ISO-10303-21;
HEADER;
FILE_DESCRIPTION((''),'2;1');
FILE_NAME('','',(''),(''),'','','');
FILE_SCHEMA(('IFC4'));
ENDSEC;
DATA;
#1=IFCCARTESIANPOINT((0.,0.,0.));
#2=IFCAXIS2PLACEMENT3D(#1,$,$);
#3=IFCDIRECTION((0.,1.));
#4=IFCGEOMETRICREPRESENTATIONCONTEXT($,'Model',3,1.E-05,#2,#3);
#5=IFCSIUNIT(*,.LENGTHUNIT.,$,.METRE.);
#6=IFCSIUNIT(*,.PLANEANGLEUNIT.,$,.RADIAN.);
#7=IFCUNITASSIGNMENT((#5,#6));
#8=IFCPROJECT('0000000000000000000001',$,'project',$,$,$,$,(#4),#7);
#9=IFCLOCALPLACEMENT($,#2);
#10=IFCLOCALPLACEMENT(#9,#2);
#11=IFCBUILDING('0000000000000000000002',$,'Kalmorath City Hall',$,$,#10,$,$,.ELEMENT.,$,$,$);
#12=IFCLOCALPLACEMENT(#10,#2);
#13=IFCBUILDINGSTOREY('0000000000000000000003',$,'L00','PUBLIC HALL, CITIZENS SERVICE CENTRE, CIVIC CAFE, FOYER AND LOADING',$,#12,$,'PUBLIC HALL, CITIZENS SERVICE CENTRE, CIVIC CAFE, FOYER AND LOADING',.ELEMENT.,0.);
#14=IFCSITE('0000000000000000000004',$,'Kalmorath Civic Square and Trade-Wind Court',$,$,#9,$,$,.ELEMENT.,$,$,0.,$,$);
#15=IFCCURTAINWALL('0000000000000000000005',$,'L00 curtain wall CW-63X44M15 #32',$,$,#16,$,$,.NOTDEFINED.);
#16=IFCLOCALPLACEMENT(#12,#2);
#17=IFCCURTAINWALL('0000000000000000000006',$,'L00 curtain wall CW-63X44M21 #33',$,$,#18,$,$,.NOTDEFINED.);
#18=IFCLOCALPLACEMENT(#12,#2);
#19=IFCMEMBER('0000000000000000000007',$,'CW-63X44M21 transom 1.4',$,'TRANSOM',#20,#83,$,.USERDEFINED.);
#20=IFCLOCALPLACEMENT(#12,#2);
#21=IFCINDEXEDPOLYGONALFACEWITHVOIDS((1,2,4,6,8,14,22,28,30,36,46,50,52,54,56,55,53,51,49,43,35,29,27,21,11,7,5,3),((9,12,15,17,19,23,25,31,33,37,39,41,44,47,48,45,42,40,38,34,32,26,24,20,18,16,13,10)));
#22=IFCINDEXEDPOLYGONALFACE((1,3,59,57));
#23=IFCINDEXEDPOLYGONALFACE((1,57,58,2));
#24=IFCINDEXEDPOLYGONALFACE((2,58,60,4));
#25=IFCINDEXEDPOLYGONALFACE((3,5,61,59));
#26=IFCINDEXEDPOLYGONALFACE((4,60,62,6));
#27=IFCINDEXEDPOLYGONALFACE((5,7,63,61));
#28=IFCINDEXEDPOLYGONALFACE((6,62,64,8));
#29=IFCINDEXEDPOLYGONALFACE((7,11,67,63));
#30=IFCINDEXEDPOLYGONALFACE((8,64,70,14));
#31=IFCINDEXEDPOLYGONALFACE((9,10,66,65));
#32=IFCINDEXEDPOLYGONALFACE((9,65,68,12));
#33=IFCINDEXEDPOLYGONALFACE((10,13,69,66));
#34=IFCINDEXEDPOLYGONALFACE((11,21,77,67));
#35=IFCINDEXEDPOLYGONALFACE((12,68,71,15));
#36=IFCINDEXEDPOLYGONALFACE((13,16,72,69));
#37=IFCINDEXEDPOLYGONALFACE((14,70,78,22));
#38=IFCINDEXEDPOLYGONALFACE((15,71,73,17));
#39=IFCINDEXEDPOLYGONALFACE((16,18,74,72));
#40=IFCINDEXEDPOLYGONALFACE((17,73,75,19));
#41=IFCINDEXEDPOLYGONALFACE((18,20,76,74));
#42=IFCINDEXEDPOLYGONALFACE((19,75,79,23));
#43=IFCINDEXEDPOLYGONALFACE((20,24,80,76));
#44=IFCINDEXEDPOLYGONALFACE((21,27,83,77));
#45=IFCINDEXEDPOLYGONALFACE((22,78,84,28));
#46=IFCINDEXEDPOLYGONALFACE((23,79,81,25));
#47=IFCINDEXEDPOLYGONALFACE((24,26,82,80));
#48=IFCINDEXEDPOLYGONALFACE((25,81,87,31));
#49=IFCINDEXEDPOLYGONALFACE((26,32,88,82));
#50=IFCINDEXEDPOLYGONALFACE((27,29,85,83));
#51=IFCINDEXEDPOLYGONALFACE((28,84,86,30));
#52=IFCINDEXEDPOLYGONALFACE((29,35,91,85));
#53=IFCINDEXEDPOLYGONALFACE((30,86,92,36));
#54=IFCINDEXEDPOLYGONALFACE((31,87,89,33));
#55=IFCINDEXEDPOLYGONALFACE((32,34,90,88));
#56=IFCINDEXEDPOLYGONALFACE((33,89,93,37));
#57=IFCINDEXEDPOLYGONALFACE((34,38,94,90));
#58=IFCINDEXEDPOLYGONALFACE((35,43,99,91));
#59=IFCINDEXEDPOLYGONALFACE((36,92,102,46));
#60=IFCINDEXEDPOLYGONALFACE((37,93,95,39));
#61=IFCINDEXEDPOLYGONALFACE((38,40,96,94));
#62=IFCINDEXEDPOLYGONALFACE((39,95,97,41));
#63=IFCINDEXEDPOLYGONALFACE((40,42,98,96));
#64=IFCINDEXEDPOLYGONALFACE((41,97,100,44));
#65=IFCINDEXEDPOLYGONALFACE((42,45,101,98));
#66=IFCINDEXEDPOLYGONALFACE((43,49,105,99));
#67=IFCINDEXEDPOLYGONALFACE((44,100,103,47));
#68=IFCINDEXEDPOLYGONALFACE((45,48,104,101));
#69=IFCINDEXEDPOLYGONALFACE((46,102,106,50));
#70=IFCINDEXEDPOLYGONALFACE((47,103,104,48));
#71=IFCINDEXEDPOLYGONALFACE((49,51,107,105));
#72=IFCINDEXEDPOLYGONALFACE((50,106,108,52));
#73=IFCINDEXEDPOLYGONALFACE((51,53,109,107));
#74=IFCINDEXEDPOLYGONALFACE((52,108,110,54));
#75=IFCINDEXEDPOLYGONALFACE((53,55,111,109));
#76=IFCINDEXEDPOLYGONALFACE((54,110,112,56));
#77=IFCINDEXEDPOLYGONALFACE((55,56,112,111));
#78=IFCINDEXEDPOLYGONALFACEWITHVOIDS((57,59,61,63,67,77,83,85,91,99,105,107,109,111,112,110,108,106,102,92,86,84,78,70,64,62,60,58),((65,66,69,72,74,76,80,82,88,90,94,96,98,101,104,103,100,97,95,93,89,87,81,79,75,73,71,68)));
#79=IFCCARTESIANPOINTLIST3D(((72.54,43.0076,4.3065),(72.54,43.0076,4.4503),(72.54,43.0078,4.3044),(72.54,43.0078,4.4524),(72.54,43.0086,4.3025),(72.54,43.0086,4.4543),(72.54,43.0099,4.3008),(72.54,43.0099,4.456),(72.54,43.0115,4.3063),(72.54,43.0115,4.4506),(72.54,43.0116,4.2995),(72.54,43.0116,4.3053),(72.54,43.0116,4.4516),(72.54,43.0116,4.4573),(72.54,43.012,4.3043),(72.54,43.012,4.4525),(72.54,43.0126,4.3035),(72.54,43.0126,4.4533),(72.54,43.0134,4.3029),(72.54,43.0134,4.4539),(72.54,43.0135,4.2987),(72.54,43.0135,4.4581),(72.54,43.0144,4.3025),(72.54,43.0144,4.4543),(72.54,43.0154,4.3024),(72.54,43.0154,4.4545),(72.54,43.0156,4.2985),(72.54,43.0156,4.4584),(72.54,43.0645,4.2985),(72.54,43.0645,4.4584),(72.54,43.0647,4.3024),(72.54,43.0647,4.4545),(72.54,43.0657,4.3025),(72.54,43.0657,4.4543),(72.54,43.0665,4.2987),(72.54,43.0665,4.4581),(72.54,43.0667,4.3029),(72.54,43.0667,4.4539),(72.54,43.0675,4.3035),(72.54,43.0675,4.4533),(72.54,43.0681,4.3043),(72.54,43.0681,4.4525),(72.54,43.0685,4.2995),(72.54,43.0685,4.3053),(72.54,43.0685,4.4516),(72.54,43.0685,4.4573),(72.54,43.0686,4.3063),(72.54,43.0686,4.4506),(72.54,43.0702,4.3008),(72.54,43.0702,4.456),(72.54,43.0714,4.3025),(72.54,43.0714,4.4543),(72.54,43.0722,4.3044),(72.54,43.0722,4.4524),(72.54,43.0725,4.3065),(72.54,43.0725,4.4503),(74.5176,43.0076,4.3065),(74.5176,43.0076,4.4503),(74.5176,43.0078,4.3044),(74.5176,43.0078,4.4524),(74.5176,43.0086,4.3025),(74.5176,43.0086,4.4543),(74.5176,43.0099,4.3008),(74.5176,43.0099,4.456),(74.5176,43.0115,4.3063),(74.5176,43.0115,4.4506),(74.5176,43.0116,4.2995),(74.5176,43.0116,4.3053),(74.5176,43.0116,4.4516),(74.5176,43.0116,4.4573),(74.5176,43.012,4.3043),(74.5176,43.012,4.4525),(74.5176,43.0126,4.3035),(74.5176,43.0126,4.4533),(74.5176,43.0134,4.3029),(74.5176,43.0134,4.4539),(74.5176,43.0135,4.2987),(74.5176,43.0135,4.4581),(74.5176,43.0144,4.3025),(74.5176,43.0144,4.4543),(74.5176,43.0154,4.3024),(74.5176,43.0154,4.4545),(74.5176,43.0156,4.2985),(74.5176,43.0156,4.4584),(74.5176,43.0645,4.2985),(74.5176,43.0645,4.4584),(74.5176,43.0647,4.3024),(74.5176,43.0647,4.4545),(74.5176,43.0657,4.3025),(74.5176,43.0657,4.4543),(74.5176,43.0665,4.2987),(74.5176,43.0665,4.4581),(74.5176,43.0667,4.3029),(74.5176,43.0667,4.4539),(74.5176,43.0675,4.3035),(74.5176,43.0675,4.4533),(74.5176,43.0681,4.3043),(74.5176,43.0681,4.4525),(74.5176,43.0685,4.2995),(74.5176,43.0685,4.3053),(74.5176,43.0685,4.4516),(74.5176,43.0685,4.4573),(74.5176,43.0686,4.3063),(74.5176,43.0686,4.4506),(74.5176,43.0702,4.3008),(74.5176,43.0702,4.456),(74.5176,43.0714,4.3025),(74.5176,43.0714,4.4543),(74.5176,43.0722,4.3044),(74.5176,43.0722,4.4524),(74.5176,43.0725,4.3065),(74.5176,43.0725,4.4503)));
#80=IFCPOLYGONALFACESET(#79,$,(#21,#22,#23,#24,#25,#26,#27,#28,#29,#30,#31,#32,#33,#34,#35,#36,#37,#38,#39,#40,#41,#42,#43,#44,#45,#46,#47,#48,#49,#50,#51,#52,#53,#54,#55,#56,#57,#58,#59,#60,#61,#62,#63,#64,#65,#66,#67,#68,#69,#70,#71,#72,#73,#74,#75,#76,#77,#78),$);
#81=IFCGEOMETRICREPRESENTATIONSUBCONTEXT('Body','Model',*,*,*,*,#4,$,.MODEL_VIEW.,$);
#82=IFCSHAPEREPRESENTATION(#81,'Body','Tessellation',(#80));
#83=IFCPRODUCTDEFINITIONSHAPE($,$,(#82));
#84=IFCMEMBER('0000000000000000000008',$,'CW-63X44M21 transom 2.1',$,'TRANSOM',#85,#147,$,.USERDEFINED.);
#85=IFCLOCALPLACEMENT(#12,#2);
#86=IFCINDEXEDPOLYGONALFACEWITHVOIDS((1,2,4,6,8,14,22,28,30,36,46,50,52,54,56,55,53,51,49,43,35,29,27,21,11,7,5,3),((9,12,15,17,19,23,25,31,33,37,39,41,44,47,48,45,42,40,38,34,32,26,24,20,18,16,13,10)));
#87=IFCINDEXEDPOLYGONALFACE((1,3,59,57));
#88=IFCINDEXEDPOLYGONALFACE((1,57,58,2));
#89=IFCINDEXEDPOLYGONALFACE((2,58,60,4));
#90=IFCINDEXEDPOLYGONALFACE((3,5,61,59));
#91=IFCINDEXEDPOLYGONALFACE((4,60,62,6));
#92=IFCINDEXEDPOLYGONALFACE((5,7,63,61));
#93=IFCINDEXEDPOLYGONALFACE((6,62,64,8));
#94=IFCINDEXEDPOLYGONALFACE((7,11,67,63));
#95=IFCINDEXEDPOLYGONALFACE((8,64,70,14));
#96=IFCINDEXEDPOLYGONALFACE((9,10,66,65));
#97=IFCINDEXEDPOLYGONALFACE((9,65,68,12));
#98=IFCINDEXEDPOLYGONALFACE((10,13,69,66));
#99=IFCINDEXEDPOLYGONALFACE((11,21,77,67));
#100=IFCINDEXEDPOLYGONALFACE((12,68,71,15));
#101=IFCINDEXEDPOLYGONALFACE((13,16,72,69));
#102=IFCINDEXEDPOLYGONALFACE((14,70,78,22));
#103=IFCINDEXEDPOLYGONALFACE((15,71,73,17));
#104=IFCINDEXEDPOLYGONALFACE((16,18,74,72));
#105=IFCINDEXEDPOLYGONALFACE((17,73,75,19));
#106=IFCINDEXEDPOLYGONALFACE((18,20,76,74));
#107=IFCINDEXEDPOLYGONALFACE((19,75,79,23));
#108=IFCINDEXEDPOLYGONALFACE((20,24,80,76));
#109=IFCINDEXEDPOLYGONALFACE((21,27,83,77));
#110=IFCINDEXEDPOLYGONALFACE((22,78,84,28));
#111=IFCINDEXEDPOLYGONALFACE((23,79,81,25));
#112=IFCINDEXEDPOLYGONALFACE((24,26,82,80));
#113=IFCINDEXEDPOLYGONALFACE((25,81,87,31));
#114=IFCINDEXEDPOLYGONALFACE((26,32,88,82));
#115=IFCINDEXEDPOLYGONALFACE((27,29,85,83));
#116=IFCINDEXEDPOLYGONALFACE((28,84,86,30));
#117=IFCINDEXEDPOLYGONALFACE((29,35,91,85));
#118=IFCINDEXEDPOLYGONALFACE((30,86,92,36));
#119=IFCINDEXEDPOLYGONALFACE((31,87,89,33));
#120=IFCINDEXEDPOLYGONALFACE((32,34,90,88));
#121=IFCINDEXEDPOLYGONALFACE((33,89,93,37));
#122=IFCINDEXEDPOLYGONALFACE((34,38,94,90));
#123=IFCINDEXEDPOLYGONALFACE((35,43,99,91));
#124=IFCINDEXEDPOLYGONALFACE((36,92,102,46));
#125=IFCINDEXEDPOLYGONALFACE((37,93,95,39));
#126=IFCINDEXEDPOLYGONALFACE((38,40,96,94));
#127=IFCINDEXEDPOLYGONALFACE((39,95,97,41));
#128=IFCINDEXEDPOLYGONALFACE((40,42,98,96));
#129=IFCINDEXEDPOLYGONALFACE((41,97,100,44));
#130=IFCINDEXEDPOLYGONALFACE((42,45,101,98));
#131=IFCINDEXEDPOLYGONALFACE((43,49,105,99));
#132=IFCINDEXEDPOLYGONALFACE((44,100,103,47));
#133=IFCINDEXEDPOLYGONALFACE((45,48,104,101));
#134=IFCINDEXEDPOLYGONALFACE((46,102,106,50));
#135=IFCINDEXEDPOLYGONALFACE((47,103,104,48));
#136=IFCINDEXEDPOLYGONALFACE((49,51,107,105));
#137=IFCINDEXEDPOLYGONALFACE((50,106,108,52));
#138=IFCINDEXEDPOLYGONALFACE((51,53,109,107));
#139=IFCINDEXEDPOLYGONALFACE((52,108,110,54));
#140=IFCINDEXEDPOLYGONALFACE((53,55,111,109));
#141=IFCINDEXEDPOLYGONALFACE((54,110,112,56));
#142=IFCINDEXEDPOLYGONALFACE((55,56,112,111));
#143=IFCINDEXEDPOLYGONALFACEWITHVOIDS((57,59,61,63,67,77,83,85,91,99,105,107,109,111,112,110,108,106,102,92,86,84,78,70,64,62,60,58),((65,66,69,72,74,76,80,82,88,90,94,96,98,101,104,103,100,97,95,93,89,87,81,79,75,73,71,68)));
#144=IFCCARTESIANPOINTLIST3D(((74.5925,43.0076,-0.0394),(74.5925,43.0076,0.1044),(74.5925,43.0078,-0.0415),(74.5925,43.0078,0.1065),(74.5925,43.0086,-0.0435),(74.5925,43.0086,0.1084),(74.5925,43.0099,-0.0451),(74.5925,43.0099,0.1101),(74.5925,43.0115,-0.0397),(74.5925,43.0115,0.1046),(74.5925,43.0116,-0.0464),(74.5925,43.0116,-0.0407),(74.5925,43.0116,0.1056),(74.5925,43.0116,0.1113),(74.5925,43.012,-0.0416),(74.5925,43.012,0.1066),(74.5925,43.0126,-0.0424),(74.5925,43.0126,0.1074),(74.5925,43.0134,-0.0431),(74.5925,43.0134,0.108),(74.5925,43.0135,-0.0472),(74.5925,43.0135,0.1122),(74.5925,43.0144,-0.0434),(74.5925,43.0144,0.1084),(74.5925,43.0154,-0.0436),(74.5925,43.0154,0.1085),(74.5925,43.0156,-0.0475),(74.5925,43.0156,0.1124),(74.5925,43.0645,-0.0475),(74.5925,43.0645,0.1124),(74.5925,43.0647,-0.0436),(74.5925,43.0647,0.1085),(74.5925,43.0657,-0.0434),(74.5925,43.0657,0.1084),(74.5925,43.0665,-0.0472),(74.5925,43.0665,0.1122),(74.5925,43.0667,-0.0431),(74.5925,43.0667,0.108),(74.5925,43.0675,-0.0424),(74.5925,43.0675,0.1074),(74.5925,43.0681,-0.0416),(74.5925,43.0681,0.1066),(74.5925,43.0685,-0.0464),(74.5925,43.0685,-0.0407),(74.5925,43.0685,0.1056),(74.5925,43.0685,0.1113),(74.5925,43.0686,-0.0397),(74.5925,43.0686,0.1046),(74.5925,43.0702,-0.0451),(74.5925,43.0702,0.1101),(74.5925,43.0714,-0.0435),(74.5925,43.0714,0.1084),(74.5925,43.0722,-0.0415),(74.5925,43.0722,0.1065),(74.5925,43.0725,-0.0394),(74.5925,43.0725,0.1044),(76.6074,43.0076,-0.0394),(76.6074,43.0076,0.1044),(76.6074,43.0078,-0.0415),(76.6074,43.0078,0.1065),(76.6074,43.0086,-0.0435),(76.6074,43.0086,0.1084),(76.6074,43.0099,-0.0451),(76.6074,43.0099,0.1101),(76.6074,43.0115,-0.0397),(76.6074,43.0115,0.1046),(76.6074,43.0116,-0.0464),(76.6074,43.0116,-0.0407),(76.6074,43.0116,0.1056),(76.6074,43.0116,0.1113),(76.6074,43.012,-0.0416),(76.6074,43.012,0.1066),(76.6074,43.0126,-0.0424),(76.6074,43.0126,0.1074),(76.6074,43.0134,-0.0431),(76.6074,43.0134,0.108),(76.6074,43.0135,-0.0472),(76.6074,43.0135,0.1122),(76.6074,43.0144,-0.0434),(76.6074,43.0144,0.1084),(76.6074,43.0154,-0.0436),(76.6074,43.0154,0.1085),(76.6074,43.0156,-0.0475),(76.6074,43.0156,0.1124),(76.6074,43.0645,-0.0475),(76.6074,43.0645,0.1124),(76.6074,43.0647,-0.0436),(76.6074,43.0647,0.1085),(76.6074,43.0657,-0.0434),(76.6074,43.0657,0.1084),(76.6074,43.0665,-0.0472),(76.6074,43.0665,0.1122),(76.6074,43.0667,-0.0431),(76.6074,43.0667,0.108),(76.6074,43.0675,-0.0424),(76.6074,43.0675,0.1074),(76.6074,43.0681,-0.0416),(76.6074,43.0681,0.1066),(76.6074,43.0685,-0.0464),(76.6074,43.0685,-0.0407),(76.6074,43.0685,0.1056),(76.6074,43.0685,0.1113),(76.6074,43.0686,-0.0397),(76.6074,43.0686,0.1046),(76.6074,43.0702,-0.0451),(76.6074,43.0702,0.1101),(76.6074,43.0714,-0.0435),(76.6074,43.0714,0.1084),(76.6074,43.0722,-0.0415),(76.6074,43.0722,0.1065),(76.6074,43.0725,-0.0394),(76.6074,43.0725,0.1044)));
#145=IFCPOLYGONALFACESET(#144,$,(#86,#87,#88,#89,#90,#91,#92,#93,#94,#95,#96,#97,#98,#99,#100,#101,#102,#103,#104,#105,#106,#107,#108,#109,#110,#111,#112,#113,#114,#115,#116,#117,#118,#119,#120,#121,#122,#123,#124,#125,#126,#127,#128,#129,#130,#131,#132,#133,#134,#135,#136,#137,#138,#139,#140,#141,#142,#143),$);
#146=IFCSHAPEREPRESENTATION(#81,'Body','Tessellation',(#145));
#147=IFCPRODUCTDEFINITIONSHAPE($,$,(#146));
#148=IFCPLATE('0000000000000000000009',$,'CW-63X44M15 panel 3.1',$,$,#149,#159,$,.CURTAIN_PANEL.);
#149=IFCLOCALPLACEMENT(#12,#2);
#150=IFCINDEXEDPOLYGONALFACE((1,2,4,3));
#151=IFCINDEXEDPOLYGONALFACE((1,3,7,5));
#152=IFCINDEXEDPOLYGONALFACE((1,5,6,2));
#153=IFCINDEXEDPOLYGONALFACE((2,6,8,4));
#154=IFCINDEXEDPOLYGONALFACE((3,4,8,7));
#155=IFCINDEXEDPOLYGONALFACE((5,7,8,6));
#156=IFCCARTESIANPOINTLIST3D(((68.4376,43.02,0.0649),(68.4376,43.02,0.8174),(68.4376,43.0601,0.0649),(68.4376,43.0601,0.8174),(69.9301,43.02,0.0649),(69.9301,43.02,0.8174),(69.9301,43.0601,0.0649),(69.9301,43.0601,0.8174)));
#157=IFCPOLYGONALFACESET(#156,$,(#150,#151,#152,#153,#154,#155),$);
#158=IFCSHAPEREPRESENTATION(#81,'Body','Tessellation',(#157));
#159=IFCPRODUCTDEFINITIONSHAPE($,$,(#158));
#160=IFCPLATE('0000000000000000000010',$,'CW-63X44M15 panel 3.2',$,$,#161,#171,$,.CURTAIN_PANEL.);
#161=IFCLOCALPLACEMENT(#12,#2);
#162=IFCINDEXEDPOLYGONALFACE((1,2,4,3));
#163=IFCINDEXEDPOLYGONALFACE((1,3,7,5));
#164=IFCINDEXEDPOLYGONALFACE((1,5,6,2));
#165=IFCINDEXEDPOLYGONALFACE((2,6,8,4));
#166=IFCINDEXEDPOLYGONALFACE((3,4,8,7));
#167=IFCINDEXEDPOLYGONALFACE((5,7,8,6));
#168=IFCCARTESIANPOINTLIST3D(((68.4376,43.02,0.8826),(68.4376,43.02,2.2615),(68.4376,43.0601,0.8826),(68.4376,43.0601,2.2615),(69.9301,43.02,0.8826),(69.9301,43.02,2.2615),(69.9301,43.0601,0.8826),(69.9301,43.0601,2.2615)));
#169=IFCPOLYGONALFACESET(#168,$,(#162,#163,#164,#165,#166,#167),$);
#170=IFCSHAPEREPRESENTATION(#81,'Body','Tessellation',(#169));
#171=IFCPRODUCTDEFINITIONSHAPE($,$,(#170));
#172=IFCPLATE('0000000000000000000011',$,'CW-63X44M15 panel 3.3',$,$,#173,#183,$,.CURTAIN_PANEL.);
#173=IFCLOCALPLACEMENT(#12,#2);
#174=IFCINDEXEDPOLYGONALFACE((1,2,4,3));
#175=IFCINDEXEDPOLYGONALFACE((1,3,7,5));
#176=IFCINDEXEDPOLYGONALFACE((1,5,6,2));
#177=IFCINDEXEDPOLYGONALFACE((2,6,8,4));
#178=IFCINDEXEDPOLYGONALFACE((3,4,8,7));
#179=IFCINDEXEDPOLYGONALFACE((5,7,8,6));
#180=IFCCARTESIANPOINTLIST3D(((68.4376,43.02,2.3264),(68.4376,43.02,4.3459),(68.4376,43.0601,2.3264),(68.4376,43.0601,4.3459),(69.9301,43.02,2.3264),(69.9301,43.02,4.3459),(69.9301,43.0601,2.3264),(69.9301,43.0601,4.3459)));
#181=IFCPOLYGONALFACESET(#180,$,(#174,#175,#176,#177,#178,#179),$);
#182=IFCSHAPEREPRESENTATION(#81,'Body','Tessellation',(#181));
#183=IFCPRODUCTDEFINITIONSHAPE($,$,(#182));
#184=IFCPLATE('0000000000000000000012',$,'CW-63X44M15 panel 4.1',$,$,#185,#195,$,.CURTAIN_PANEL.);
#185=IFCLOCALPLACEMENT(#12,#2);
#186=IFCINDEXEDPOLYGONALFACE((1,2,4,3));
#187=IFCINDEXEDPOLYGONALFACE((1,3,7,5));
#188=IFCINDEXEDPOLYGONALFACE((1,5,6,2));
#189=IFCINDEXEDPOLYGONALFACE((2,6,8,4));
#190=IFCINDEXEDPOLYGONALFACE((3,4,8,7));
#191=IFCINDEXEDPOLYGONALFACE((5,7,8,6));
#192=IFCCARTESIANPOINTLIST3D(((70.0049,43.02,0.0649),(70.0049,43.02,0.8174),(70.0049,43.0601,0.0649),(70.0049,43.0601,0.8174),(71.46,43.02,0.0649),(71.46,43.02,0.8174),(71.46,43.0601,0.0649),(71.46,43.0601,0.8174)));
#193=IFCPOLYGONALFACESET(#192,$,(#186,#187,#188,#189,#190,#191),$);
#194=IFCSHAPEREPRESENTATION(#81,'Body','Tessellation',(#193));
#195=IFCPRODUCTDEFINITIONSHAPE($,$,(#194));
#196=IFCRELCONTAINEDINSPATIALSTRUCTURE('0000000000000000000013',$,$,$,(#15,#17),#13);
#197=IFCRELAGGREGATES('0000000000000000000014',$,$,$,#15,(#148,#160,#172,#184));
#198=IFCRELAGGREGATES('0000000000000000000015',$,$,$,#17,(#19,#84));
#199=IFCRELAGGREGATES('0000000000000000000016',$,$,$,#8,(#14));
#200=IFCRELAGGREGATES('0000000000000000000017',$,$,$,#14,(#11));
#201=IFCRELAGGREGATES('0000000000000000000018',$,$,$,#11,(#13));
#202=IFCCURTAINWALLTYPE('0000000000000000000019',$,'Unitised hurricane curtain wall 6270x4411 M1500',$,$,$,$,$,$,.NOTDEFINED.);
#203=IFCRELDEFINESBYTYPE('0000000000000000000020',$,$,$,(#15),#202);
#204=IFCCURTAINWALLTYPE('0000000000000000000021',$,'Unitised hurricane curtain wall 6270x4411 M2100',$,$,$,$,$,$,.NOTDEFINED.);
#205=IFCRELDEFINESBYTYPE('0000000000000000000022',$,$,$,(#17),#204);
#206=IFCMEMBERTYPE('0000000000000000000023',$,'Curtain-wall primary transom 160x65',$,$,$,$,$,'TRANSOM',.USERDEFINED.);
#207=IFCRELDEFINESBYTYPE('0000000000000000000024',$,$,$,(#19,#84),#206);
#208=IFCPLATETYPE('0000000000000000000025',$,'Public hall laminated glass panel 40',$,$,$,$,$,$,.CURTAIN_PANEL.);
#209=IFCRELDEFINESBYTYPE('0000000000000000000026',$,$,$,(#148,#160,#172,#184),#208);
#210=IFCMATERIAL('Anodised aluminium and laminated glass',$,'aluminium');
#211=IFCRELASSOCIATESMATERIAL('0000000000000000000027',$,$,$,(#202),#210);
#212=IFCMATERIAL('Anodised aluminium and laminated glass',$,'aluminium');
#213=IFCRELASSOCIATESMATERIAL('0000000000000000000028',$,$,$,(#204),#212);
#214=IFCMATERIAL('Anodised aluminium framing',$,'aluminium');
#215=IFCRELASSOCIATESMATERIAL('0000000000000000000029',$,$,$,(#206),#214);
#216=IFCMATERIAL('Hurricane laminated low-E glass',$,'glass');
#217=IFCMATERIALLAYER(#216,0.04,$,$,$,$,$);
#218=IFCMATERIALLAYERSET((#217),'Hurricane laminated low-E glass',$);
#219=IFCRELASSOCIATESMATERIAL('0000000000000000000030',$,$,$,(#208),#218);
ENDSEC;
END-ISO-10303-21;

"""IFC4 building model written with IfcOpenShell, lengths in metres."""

from ifc_helpers import new_model, si_unit, direction, frame, origin, origin_2d, place, context, subcontext, project, spatial, rectangle, hollow_rectangle, extrude, material, layer, layer_set, material_profile, profile_set, type_object, element, aggregate, save


model = new_model("IFC4")

# Units and contexts
model_context = context("Model", 3, precision=1e-05, world=origin(), true_north=direction((0.0, 1.0)))
body_context = subcontext(model_context, "Body", "Model", "MODEL_VIEW")
ifc_project = project(units=[si_unit("LENGTHUNIT", "METRE"), si_unit("PLANEANGLEUNIT", "RADIAN")], contexts=[model_context])

# Site, building, storey
site_placement = place(None, origin())
site = spatial("IfcSite", under=ifc_project, at=site_placement, Name="Kalmorath Civic Square and Trade-Wind Court", CompositionType="ELEMENT", RefElevation=0.0)
building_placement = place(site_placement, origin())
building = spatial("IfcBuilding", under=site, at=building_placement, Name="Kalmorath City Hall", CompositionType="ELEMENT")
storey_placement = place(building_placement, origin())
storey = spatial("IfcBuildingStorey", under=building, at=storey_placement, Name="L00", Description="PUBLIC HALL, CITIZENS SERVICE CENTRE, CIVIC CAFE, FOYER AND LOADING", LongName="PUBLIC HALL, CITIZENS SERVICE CENTRE, CIVIC CAFE, FOYER AND LOADING", CompositionType="ELEMENT", Elevation=0.0)

# Curtain walls
ifc_material_1 = material(Name="Anodised aluminium and laminated glass", Category="aluminium")
curtain_wall_type_1 = type_object("IfcCurtainWallType", Name="Unitised hurricane curtain wall 6270x4411 M1500", PredefinedType="NOTDEFINED", material=ifc_material_1)
curtain_wall_1_placement = place(storey_placement, origin())
curtain_wall_1 = element("IfcCurtainWall", 1, at=curtain_wall_1_placement, inside=storey, type_object=curtain_wall_type_1, Name="L00 curtain wall CW-63X44M15 #32", PredefinedType="NOTDEFINED")
ifc_material_2 = material(Name="Anodised aluminium and laminated glass", Category="aluminium")
curtain_wall_type_2 = type_object("IfcCurtainWallType", Name="Unitised hurricane curtain wall 6270x4411 M2100", PredefinedType="NOTDEFINED", material=ifc_material_2)
curtain_wall_2_placement = place(storey_placement, origin())
curtain_wall_2 = element("IfcCurtainWall", 2, at=curtain_wall_2_placement, inside=storey, type_object=curtain_wall_type_2, Name="L00 curtain wall CW-63X44M21 #33", PredefinedType="NOTDEFINED")

# Members
ifc_material_3 = material(Name="Anodised aluminium framing", Category="aluminium")
ifc_material_profile_1 = material_profile(ifc_material_3, hollow_rectangle(XDim=0.0649, YDim=0.1599, WallThickness=0.0039, InnerFilletRadius=0.0039, OuterFilletRadius=0.0081, at=origin_2d()), Name="ALU-TRN-160X65X4")
ifc_profile_set_1 = profile_set([ifc_material_profile_1], Name="Anodised aluminium framing")
member_type_1 = type_object("IfcMemberType", Name="Curtain-wall primary transom 160x65", ElementType="TRANSOM", PredefinedType="USERDEFINED", material=ifc_profile_set_1)
member_1_placement = place(storey_placement, frame((72.54, 43.04, 4.3784), z_axis=(1.0, 0.0, 0.0), x_axis=(0.0, 1.0, 0.0)))
member_1 = element("IfcMember", 3, at=member_1_placement, type_object=member_type_1, Name="CW-63X44M21 transom 1.4", ObjectType="TRANSOM", PredefinedType="USERDEFINED", context=body_context, shape_type="SweptSolid", body=[
    extrude(hollow_rectangle(XDim=0.0649, YDim=0.1599, WallThickness=0.0039, InnerFilletRadius=0.0039, OuterFilletRadius=0.0081, at=origin_2d()), origin(), (0.0, 0.0, 1.0), 1.9775),
])
member_2_placement = place(storey_placement, frame((74.5925, 43.04, 0.0325), z_axis=(1.0, 0.0, 0.0), x_axis=(0.0, 1.0, 0.0)))
member_2 = element("IfcMember", 4, at=member_2_placement, type_object=member_type_1, Name="CW-63X44M21 transom 2.1", ObjectType="TRANSOM", PredefinedType="USERDEFINED", context=body_context, shape_type="SweptSolid", body=[
    extrude(hollow_rectangle(XDim=0.0649, YDim=0.1599, WallThickness=0.0039, InnerFilletRadius=0.0039, OuterFilletRadius=0.0081, at=origin_2d()), origin(), (0.0, 0.0, 1.0), 2.0149),
])

# Plates
ifc_material_4 = material(Name="Hurricane laminated low-E glass", Category="glass")
ifc_layer = layer(ifc_material_4, 0.04)
ifc_layer_set = layer_set([ifc_layer], Name="Hurricane laminated low-E glass")
plate_type = type_object("IfcPlateType", Name="Public hall laminated glass panel 40", PredefinedType="CURTAIN_PANEL", material=ifc_layer_set)
plate_1_placement = place(storey_placement, frame((69.1838, 43.04, 0.0649), z_axis=(0.0, 0.0, 1.0), x_axis=(1.0, 0.0, 0.0)))
plate_1 = element("IfcPlate", 5, at=plate_1_placement, type_object=plate_type, Name="CW-63X44M15 panel 3.1", PredefinedType="CURTAIN_PANEL", context=body_context, shape_type="SweptSolid", body=[
    extrude(rectangle(XDim=1.4924, YDim=0.04, at=origin_2d()), origin(), (0.0, 0.0, 1.0), 0.7524),
])
plate_2_placement = place(storey_placement, frame((69.1838, 43.04, 0.8826), z_axis=(0.0, 0.0, 1.0), x_axis=(1.0, 0.0, 0.0)))
plate_2 = element("IfcPlate", 6, at=plate_2_placement, type_object=plate_type, Name="CW-63X44M15 panel 3.2", PredefinedType="CURTAIN_PANEL", context=body_context, shape_type="SweptSolid", body=[
    extrude(rectangle(XDim=1.4924, YDim=0.04, at=origin_2d()), origin(), (0.0, 0.0, 1.0), 1.3789),
])
plate_3_placement = place(storey_placement, frame((69.1838, 43.04, 2.3264), z_axis=(0.0, 0.0, 1.0), x_axis=(1.0, 0.0, 0.0)))
plate_3 = element("IfcPlate", 7, at=plate_3_placement, type_object=plate_type, Name="CW-63X44M15 panel 3.3", PredefinedType="CURTAIN_PANEL", context=body_context, shape_type="SweptSolid", body=[
    extrude(rectangle(XDim=1.4924, YDim=0.04, at=origin_2d()), origin(), (0.0, 0.0, 1.0), 2.0195),
])
plate_4_placement = place(storey_placement, frame((70.7324, 43.04, 0.0649), z_axis=(0.0, 0.0, 1.0), x_axis=(1.0, 0.0, 0.0)))
plate_4 = element("IfcPlate", 8, at=plate_4_placement, type_object=plate_type, Name="CW-63X44M15 panel 4.1", PredefinedType="CURTAIN_PANEL", context=body_context, shape_type="SweptSolid", body=[
    extrude(rectangle(XDim=1.4551, YDim=0.04, at=origin_2d()), origin(), (0.0, 0.0, 1.0), 0.7524),
])
aggregate(curtain_wall_1, [plate_1, plate_2, plate_3, plate_4])
aggregate(curtain_wall_2, [member_1, member_2])

save(model, "model.ifc")
